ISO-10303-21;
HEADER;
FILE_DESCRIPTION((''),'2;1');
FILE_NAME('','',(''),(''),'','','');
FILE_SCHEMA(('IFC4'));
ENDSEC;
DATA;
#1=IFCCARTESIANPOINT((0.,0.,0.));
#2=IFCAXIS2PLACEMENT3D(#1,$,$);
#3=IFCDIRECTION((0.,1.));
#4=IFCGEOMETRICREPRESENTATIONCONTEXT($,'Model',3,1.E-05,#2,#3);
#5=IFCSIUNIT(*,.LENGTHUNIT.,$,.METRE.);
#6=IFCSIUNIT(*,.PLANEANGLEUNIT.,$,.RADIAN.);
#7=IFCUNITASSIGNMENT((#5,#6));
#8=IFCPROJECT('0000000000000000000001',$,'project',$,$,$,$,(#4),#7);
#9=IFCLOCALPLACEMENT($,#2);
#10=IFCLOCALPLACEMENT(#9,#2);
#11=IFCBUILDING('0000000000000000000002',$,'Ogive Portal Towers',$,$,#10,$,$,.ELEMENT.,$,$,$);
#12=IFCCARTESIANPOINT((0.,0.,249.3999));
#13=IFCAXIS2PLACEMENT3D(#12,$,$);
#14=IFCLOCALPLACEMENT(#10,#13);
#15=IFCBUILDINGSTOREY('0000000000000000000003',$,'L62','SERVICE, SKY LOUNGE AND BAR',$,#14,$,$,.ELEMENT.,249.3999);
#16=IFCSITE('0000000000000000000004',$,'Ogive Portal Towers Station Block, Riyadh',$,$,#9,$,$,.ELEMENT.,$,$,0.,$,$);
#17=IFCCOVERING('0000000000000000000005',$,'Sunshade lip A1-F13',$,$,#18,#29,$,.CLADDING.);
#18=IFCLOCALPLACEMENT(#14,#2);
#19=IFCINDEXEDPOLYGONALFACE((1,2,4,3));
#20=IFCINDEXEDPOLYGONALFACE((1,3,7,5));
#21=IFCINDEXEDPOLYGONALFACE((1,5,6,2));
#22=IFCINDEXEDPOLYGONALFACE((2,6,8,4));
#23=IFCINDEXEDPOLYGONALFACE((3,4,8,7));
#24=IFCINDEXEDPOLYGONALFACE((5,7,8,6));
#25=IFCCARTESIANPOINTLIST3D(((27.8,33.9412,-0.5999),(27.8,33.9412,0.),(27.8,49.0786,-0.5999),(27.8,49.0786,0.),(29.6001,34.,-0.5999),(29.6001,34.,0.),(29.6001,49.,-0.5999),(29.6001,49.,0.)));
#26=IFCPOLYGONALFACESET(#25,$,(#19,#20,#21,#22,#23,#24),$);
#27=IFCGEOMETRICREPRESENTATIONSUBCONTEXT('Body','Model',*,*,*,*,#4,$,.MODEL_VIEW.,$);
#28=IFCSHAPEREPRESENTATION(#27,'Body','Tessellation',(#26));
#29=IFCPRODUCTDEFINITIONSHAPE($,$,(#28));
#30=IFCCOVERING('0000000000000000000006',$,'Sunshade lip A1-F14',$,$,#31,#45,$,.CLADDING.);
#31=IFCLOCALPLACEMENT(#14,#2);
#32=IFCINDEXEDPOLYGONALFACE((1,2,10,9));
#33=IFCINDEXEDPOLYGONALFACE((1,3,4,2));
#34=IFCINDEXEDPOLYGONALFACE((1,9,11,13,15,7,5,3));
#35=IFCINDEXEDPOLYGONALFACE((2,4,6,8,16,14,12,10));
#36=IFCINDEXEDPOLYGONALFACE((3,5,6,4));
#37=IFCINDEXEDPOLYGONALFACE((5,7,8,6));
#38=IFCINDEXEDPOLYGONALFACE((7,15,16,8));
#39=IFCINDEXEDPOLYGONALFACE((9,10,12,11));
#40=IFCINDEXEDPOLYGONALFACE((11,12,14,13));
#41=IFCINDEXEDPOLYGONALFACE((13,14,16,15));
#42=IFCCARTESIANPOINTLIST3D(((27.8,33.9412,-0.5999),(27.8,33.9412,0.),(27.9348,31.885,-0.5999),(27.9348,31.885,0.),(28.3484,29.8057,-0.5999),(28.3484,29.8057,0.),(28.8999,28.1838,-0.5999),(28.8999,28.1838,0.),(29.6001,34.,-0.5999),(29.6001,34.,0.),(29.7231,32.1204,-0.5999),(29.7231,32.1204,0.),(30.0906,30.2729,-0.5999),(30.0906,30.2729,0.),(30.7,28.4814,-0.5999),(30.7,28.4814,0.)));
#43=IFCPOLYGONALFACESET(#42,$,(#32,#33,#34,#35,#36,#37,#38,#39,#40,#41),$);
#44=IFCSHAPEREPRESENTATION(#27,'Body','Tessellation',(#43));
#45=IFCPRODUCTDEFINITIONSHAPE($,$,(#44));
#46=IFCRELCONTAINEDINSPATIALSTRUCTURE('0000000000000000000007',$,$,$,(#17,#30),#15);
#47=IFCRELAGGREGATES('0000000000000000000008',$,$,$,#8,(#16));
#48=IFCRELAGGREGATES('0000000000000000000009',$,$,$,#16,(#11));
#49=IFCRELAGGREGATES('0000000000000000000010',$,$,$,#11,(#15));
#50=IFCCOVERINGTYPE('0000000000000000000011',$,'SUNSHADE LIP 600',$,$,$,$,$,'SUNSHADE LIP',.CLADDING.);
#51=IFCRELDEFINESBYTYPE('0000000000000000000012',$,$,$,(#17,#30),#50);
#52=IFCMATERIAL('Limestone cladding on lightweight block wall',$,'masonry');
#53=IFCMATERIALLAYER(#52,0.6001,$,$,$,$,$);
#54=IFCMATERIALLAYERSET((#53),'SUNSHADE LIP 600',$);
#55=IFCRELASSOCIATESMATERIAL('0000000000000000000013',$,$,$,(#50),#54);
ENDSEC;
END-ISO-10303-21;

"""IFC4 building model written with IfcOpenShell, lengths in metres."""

from ifc_helpers import new_model, si_unit, direction, frame, origin, place, context, subcontext, project, spatial, polyline, outline, extrude, material, layer, layer_set, type_object, element, save


model = new_model("IFC4")

# Units and contexts
model_context = context("Model", 3, precision=1e-05, world=origin(), true_north=direction((0.0, 1.0)))
body_context = subcontext(model_context, "Body", "Model", "MODEL_VIEW")
ifc_project = project(units=[si_unit("LENGTHUNIT", "METRE"), si_unit("PLANEANGLEUNIT", "RADIAN")], contexts=[model_context])

# Site, building, storey
site_placement = place(None, origin())
site = spatial("IfcSite", under=ifc_project, at=site_placement, Name="Ogive Portal Towers Station Block, Riyadh", CompositionType="ELEMENT", RefElevation=0.0)
building_placement = place(site_placement, origin())
building = spatial("IfcBuilding", under=site, at=building_placement, Name="Ogive Portal Towers", CompositionType="ELEMENT")
storey_placement = place(building_placement, frame((0.0, 0.0, 249.3999)))
storey = spatial("IfcBuildingStorey", under=building, at=storey_placement, Name="L62", Description="SERVICE, SKY LOUNGE AND BAR", CompositionType="ELEMENT", Elevation=249.3999)

# Coverings
ifc_material_1 = material(Name="Limestone cladding on lightweight block wall", Category="masonry")
ifc_layer_1 = layer(ifc_material_1, 0.6001)
ifc_layer_set_1 = layer_set([ifc_layer_1], Name="SUNSHADE LIP 600")
covering_type_1 = type_object("IfcCoveringType", Name="SUNSHADE LIP 600", ElementType="SUNSHADE LIP", PredefinedType="CLADDING", material=ifc_layer_set_1)
covering_1_placement = place(storey_placement, frame((0.0, 0.0, -0.5999)))
element("IfcCovering", 1, at=covering_1_placement, inside=storey, type_object=covering_type_1, Name="Sunshade lip A1-F13", PredefinedType="CLADDING", context=body_context, shape_type="SweptSolid", body=[
    extrude(outline(polyline([(29.6001, 49.0), (29.6001, 34.0), (27.8, 33.9412), (27.8, 49.0786), (29.6001, 49.0)])), origin(), (0.0, 0.0, 1.0), 0.5999),
])
covering_2_placement = place(storey_placement, frame((0.0, 0.0, -0.5999)))
element("IfcCovering", 2, at=covering_2_placement, inside=storey, type_object=covering_type_1, Name="Sunshade lip A1-F14", PredefinedType="CLADDING", context=body_context, shape_type="SweptSolid", body=[
    extrude(outline(polyline([(29.6001, 34.0), (29.7231, 32.1204), (30.0906, 30.2729), (30.7, 28.4814), (28.8999, 28.1838), (28.3484, 29.8057), (27.9348, 31.885), (27.8, 33.9412), (29.6001, 34.0)])), origin(), (0.0, 0.0, 1.0), 0.5999),
])

save(model, "model.ifc")
